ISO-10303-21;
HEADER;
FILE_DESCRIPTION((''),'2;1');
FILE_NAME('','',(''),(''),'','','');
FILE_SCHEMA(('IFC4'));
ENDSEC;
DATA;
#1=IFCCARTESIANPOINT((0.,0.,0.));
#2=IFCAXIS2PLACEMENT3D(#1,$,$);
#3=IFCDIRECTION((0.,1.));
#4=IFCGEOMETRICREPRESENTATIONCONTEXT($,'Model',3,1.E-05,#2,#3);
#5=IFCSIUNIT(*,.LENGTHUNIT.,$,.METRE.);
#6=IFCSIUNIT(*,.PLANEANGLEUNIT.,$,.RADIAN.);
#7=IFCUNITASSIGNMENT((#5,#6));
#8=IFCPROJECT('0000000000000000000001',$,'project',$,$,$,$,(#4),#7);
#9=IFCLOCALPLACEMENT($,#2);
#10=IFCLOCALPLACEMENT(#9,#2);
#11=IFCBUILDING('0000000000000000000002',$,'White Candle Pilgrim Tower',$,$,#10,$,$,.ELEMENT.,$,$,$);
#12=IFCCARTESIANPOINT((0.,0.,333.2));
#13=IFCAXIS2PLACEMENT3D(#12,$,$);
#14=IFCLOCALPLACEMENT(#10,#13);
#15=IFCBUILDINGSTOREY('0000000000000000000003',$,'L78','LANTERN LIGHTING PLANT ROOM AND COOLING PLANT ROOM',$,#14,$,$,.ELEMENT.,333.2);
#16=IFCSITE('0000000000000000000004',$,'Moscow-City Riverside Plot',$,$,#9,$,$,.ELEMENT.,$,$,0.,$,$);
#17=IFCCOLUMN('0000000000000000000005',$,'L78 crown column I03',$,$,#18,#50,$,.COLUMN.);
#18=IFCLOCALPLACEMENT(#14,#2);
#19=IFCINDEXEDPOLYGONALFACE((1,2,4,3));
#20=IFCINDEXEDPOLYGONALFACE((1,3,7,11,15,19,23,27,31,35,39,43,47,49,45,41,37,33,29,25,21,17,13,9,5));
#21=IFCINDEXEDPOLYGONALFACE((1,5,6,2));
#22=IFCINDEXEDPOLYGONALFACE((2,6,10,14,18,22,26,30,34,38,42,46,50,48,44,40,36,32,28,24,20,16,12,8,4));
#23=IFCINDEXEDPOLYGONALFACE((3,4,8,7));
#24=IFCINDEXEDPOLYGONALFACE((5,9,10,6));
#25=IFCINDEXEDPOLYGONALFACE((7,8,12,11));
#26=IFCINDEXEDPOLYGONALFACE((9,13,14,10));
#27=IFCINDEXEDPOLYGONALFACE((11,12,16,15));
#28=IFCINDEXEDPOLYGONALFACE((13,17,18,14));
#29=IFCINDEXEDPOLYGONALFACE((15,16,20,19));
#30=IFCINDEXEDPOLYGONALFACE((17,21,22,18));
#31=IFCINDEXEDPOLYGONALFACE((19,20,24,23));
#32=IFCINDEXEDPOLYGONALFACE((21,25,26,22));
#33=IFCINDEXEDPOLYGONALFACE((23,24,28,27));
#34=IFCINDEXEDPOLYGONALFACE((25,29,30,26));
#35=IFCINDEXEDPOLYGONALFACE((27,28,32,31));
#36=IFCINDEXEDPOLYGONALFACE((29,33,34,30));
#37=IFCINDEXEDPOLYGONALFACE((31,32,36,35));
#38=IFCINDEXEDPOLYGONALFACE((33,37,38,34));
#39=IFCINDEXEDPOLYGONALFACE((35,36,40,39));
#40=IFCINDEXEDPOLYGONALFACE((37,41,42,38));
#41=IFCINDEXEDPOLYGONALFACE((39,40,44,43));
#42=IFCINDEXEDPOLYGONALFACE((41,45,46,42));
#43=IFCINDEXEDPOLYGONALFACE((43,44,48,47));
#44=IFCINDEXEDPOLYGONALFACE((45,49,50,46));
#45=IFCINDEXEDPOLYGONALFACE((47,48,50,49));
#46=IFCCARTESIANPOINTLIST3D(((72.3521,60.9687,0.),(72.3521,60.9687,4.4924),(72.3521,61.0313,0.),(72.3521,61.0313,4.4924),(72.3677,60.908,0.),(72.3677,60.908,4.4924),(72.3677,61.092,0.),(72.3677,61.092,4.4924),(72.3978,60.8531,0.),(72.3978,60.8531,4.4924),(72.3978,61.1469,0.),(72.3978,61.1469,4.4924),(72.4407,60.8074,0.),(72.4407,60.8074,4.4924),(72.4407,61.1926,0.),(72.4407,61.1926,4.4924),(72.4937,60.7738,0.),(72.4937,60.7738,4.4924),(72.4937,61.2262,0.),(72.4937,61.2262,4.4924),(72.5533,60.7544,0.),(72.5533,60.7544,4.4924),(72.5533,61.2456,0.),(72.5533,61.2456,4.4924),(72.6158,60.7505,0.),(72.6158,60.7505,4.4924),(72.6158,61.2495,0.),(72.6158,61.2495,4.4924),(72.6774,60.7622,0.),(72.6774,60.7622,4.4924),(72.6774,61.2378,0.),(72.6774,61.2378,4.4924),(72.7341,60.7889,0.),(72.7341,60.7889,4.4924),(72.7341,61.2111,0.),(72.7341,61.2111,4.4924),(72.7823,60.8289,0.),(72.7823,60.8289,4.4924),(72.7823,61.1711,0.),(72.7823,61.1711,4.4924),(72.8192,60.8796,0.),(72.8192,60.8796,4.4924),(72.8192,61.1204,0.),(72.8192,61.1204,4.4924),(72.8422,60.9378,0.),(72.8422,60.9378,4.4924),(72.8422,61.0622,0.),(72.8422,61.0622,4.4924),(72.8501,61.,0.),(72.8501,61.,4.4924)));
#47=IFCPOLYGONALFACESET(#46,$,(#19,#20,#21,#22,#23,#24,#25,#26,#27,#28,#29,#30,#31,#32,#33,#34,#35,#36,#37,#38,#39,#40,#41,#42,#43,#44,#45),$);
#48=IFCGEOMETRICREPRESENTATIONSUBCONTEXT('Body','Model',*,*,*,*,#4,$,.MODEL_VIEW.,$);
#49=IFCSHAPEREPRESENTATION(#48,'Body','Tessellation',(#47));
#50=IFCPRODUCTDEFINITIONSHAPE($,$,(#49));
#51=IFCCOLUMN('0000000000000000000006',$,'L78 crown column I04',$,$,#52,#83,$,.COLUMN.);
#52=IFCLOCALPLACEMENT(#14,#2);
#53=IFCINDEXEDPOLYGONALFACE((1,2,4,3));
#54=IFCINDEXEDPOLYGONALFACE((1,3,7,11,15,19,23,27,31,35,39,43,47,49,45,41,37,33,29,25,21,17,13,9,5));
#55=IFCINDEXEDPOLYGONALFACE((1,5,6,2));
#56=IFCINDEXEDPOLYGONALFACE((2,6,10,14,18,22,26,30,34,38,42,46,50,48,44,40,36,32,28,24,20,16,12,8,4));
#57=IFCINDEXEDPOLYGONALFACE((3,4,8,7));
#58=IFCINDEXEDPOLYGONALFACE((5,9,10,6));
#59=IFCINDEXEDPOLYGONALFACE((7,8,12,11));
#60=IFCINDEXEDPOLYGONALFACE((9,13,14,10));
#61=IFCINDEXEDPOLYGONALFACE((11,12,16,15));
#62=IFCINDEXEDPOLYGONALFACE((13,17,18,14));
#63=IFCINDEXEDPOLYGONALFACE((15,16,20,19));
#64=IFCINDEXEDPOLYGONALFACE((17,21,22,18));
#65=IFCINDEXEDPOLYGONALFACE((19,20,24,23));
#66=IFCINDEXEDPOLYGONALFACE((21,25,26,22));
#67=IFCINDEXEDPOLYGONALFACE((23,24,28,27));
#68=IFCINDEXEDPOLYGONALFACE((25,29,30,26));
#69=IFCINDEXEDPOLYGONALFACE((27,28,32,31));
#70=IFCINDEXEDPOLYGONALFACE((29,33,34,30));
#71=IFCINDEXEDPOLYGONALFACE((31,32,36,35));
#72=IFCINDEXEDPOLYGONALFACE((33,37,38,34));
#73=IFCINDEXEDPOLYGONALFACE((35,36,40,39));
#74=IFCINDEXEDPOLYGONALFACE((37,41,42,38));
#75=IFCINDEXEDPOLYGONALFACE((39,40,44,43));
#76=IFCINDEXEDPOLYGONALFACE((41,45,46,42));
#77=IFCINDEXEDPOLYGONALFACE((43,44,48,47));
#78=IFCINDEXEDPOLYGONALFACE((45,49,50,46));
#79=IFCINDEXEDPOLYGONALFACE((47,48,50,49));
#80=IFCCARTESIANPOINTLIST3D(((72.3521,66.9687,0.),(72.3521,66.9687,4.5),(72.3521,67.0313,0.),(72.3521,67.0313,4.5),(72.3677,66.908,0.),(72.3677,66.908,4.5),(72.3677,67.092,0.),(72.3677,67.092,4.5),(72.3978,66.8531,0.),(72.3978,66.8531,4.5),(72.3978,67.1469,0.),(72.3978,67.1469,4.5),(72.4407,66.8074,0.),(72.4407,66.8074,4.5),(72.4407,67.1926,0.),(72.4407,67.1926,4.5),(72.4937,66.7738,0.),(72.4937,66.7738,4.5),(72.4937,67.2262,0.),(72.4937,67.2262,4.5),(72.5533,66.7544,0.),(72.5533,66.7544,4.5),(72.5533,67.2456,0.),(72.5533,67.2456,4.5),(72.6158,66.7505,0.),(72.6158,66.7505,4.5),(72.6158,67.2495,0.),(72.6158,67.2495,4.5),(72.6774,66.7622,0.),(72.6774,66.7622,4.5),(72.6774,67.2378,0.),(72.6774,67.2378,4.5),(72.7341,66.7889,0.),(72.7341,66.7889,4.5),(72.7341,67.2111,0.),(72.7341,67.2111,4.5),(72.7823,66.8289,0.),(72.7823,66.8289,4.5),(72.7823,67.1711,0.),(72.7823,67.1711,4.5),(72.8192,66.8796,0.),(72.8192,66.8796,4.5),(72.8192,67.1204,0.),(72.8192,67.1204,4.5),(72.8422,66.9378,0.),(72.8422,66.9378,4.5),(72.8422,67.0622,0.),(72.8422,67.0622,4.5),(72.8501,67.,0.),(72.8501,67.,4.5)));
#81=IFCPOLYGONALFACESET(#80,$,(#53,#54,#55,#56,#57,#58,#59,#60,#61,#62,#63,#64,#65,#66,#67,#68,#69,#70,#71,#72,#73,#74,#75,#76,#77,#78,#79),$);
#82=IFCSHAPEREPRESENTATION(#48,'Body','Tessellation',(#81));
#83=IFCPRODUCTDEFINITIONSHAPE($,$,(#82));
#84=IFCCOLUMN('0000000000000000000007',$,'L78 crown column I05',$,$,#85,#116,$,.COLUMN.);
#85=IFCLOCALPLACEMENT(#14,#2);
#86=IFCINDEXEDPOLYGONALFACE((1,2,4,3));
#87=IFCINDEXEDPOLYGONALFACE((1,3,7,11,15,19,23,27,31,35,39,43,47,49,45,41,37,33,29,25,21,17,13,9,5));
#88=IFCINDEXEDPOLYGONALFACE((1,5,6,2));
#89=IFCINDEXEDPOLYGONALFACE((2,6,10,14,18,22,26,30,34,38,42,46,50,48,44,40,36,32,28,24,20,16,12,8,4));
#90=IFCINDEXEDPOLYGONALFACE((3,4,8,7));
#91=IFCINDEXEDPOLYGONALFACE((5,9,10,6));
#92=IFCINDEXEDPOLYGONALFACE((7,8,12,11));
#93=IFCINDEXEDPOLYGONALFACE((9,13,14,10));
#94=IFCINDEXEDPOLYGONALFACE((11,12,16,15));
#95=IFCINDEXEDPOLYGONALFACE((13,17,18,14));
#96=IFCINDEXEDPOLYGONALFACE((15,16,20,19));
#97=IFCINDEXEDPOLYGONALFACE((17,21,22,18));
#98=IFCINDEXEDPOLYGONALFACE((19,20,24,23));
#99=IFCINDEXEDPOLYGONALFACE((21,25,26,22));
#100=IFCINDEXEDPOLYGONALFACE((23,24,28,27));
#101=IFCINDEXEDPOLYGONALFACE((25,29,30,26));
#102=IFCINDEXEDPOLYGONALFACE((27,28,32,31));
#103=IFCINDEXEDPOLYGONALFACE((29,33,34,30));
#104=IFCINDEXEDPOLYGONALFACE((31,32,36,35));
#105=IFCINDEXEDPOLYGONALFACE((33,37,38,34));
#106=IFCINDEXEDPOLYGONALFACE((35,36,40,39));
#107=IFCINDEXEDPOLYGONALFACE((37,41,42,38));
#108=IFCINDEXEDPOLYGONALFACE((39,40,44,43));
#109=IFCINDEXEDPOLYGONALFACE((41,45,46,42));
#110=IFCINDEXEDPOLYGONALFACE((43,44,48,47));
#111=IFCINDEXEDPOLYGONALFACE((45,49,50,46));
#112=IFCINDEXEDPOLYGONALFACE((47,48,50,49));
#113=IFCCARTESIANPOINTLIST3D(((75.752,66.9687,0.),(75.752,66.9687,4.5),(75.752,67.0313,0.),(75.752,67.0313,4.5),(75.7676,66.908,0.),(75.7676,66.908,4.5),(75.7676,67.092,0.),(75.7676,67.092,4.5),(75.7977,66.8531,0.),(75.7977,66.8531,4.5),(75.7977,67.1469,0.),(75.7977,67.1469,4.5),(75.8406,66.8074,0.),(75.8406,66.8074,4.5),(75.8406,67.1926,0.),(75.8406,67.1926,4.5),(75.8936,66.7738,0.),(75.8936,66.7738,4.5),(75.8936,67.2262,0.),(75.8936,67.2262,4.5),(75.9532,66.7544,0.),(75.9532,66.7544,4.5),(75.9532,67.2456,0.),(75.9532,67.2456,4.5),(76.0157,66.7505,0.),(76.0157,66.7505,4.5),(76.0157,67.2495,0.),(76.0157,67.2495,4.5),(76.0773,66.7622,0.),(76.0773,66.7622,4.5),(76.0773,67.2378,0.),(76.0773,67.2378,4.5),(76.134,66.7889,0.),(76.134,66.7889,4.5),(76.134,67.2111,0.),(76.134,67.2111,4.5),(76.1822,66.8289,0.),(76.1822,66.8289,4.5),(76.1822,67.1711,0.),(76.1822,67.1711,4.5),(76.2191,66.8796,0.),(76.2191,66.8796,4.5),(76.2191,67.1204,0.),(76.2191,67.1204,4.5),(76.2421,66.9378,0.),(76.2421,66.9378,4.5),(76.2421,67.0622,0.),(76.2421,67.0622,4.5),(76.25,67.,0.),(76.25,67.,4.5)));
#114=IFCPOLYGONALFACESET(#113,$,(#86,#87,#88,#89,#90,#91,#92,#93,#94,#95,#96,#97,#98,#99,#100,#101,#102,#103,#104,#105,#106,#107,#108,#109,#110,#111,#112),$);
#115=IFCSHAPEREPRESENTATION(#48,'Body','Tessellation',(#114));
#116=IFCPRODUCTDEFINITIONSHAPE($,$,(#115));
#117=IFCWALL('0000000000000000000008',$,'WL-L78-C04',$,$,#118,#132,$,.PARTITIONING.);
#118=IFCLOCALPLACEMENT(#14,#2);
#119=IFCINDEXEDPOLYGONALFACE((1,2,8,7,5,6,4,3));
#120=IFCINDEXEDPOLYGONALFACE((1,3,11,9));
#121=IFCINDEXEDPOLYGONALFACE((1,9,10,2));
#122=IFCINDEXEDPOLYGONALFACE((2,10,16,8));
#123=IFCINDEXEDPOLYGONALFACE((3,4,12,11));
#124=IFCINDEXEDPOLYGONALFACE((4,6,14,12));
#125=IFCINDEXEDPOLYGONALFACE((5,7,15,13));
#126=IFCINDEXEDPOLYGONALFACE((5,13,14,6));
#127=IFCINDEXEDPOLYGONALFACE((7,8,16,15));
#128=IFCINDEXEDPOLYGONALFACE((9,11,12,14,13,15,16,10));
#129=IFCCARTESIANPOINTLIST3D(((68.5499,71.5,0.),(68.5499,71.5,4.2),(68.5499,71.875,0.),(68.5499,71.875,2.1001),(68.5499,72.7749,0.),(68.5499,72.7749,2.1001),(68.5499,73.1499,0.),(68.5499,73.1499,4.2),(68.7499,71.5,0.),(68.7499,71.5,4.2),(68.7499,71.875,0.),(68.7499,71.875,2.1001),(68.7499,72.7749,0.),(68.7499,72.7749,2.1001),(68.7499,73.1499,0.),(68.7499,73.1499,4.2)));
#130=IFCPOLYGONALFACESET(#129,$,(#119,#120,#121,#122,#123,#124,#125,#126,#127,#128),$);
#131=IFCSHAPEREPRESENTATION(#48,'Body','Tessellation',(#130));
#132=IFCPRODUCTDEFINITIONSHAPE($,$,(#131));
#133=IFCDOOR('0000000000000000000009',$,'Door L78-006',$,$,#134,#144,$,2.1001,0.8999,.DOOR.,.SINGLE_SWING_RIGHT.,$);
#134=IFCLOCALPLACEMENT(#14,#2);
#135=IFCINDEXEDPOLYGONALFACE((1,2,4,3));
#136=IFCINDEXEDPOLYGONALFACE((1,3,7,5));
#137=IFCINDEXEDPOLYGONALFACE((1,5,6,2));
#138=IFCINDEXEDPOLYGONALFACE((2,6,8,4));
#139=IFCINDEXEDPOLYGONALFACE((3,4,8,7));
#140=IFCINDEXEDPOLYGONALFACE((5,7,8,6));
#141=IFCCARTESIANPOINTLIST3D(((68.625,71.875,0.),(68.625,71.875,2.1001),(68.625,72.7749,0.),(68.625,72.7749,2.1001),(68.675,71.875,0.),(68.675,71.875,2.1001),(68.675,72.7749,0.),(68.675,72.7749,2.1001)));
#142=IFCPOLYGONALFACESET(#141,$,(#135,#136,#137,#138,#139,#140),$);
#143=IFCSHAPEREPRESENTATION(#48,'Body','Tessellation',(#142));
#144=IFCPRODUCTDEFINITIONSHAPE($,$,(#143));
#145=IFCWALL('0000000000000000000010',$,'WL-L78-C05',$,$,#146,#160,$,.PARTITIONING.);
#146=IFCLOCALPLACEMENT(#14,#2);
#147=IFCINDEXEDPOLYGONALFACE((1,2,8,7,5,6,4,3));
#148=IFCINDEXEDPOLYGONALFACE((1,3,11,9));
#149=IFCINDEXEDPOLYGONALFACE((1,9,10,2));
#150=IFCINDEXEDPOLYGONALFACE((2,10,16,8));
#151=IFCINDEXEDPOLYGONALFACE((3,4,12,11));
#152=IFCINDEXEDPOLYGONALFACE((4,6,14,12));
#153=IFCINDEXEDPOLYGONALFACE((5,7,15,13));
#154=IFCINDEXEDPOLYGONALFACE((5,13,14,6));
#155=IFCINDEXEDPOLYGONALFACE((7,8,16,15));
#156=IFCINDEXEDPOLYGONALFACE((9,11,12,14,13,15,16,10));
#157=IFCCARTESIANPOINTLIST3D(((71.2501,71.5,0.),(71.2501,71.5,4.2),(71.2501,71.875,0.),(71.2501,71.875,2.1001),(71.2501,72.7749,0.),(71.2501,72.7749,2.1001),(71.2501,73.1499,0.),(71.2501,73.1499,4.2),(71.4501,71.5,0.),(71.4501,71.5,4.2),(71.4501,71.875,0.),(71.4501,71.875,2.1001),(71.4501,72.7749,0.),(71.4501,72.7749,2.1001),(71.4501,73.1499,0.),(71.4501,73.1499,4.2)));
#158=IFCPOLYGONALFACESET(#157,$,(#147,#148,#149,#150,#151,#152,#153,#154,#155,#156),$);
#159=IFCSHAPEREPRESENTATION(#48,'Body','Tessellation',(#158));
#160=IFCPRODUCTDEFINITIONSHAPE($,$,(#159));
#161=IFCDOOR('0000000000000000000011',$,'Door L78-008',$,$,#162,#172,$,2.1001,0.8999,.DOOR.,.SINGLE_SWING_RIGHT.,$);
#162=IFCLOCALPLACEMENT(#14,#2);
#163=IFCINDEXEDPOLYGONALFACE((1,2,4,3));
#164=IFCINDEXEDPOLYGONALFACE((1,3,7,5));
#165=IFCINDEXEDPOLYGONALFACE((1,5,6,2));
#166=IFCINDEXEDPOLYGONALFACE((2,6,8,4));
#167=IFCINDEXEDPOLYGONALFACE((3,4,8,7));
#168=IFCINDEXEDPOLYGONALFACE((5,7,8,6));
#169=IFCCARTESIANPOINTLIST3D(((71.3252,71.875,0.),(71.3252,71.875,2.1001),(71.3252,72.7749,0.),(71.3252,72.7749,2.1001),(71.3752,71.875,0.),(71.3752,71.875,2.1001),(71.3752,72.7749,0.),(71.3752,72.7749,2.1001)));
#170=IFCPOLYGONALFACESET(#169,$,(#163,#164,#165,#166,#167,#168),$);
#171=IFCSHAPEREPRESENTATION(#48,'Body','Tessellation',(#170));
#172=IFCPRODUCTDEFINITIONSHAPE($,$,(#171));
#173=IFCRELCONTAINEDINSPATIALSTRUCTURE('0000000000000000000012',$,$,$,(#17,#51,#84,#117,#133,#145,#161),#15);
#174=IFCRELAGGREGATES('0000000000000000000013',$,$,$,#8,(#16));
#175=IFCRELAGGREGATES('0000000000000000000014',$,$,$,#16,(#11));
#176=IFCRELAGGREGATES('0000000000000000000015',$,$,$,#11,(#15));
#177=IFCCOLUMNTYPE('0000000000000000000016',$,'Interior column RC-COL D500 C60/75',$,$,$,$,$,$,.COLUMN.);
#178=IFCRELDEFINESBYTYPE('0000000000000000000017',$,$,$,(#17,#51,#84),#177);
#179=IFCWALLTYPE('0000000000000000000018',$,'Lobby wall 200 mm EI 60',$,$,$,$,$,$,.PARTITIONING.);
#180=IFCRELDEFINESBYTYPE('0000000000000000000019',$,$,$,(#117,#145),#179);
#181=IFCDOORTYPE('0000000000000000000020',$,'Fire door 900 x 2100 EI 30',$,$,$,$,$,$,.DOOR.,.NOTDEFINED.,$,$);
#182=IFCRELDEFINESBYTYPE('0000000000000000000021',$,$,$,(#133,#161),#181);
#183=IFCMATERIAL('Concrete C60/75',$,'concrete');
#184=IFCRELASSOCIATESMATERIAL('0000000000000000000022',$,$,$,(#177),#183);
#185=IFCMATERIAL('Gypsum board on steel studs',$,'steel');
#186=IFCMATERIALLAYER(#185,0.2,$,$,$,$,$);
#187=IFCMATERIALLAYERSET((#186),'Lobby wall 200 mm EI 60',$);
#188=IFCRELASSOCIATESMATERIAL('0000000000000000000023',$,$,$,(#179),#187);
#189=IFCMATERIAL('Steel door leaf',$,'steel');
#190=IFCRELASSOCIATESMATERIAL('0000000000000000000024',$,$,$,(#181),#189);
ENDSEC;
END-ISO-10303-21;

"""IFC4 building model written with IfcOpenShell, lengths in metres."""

from ifc_helpers import new_model, si_unit, direction, frame, frame_2d, origin, origin_2d, place, context, subcontext, project, spatial, rectangle, circle, extrude, material, layer, layer_set, material_profile, profile_set, type_object, element, fill, save


model = new_model("IFC4")

# Units and contexts
model_context = context("Model", 3, precision=1e-05, world=origin(), true_north=direction((0.0, 1.0)))
body_context = subcontext(model_context, "Body", "Model", "MODEL_VIEW")
ifc_project = project(units=[si_unit("LENGTHUNIT", "METRE"), si_unit("PLANEANGLEUNIT", "RADIAN")], contexts=[model_context])

# Site, building, storey
site_placement = place(None, origin())
site = spatial("IfcSite", under=ifc_project, at=site_placement, Name="Moscow-City Riverside Plot", CompositionType="ELEMENT", RefElevation=0.0)
building_placement = place(site_placement, origin())
building = spatial("IfcBuilding", under=site, at=building_placement, Name="White Candle Pilgrim Tower", CompositionType="ELEMENT")
storey_placement = place(building_placement, frame((0.0, 0.0, 333.2)))
storey = spatial("IfcBuildingStorey", under=building, at=storey_placement, Name="L78", Description="LANTERN LIGHTING PLANT ROOM AND COOLING PLANT ROOM", CompositionType="ELEMENT", Elevation=333.2)

# Columns
ifc_material_1 = material(Name="Concrete C60/75", Category="concrete")
ifc_material_profile = material_profile(ifc_material_1, circle(Radius=0.25, at=origin_2d()), Name="RC-COL D500")
ifc_profile_set = profile_set([ifc_material_profile], Name="Concrete C60/75")
column_type = type_object("IfcColumnType", Name="Interior column RC-COL D500 C60/75", PredefinedType="COLUMN", material=ifc_profile_set)
column_placement = place(storey_placement, frame((72.6001, 61.0, 0.0), z_axis=(0.0, 0.0, 1.0), x_axis=(1.0, 0.0, 0.0)))
element("IfcColumn", 1, at=column_placement, inside=storey, type_object=column_type, Name="L78 crown column I03", PredefinedType="COLUMN", context=body_context, shape_type="SweptSolid", body=[
    extrude(circle(Radius=0.25, at=origin_2d()), origin(), (0.0, 0.0, 1.0), 4.4924),
])
for number, where, z_axis, x_axis, name in (
    (2, (72.6001, 67.0, 0.0), (0.0, 0.0, 1.0), (1.0, 0.0, 0.0), "L78 crown column I04"),
    (3, (76.0, 67.0, 0.0), (0.0, 0.0, 1.0), (1.0, 0.0, 0.0), "L78 crown column I05"),
):
    element("IfcColumn", number, at=place(storey_placement, frame(where, z_axis=z_axis, x_axis=x_axis)), inside=storey, type_object=column_type, Name=name, PredefinedType="COLUMN", context=body_context, shape_type="SweptSolid", body=[
        extrude(circle(Radius=0.25, at=origin_2d()), origin(), (0.0, 0.0, 1.0), 4.5),
    ])

# Walls, openings, doors
ifc_material_2 = material(Name="Gypsum board on steel studs", Category="steel")
ifc_layer_1 = layer(ifc_material_2, 0.2)
ifc_layer_set_1 = layer_set([ifc_layer_1], Name="Lobby wall 200 mm EI 60")
wall_type_1 = type_object("IfcWallType", Name="Lobby wall 200 mm EI 60", PredefinedType="PARTITIONING", material=ifc_layer_set_1)
wall_1_placement = place(storey_placement, frame((68.6499, 71.5, 0.0), z_axis=(0.0, 0.0, 1.0), x_axis=(0.0, 1.0, 0.0)))
wall_1 = element("IfcWall", 4, at=wall_1_placement, inside=storey, type_object=wall_type_1, Name="WL-L78-C04", PredefinedType="PARTITIONING", context=body_context, shape_type="SweptSolid", body=[
    extrude(rectangle(XDim=1.6499, YDim=0.2, at=frame_2d((0.825, 0.0))), origin(), (0.0, 0.0, 1.0), 4.2),
])
opening_1_placement = place(wall_1_placement, frame((0.375, 0.0, 0.0)))
opening_1 = element("IfcOpeningElement", 5, at=opening_1_placement, cuts=wall_1, PredefinedType="OPENING", context=body_context, shape_type="SweptSolid", body=[
    extrude(rectangle(XDim=0.8999, YDim=2.1001, at=frame_2d((0.45, 1.05))), frame((0.0, 0.1099, 0.0), z_axis=(0.0, -1.0, 0.0), x_axis=(1.0, 0.0, 0.0)), (0.0, 0.0, 1.0), 0.22),
])
ifc_material_3 = material(Name="Steel door leaf", Category="steel")
door_type = type_object("IfcDoorType", Name="Fire door 900 x 2100 EI 30", OperationType="NOTDEFINED", PredefinedType="DOOR", material=ifc_material_3)
door_1_placement = place(opening_1_placement, origin())
door_1 = element("IfcDoor", 6, at=door_1_placement, inside=storey, type_object=door_type, Name="Door L78-006", OperationType="SINGLE_SWING_RIGHT", OverallHeight=2.1001, OverallWidth=0.8999, PredefinedType="DOOR", context=body_context, shape_type="SweptSolid", body=[
    extrude(rectangle(XDim=0.8999, YDim=2.1001, at=frame_2d((0.45, 1.05))), frame((0.0, 0.0249, 0.0), z_axis=(0.0, -1.0, 0.0), x_axis=(1.0, 0.0, 0.0)), (0.0, 0.0, 1.0), 0.05),
])
fill(opening_1, door_1)
wall_2_placement = place(storey_placement, frame((71.3501, 71.5, 0.0), z_axis=(0.0, 0.0, 1.0), x_axis=(0.0, 1.0, 0.0)))
wall_2 = element("IfcWall", 7, at=wall_2_placement, inside=storey, type_object=wall_type_1, Name="WL-L78-C05", PredefinedType="PARTITIONING", context=body_context, shape_type="SweptSolid", body=[
    extrude(rectangle(XDim=1.6499, YDim=0.2, at=frame_2d((0.825, 0.0))), origin(), (0.0, 0.0, 1.0), 4.2),
])
opening_2_placement = place(wall_2_placement, frame((0.375, 0.0, 0.0)))
opening_2 = element("IfcOpeningElement", 8, at=opening_2_placement, cuts=wall_2, PredefinedType="OPENING", context=body_context, shape_type="SweptSolid", body=[
    extrude(rectangle(XDim=0.8999, YDim=2.1001, at=frame_2d((0.45, 1.05))), frame((0.0, 0.1099, 0.0), z_axis=(0.0, -1.0, 0.0), x_axis=(1.0, 0.0, 0.0)), (0.0, 0.0, 1.0), 0.22),
])
door_2_placement = place(opening_2_placement, origin())
door_2 = element("IfcDoor", 9, at=door_2_placement, inside=storey, type_object=door_type, Name="Door L78-008", OperationType="SINGLE_SWING_RIGHT", OverallHeight=2.1001, OverallWidth=0.8999, PredefinedType="DOOR", context=body_context, shape_type="SweptSolid", body=[
    extrude(rectangle(XDim=0.8999, YDim=2.1001, at=frame_2d((0.45, 1.05))), frame((0.0, 0.0249, 0.0), z_axis=(0.0, -1.0, 0.0), x_axis=(1.0, 0.0, 0.0)), (0.0, 0.0, 1.0), 0.05),
])
fill(opening_2, door_2)

save(model, "model.ifc")
